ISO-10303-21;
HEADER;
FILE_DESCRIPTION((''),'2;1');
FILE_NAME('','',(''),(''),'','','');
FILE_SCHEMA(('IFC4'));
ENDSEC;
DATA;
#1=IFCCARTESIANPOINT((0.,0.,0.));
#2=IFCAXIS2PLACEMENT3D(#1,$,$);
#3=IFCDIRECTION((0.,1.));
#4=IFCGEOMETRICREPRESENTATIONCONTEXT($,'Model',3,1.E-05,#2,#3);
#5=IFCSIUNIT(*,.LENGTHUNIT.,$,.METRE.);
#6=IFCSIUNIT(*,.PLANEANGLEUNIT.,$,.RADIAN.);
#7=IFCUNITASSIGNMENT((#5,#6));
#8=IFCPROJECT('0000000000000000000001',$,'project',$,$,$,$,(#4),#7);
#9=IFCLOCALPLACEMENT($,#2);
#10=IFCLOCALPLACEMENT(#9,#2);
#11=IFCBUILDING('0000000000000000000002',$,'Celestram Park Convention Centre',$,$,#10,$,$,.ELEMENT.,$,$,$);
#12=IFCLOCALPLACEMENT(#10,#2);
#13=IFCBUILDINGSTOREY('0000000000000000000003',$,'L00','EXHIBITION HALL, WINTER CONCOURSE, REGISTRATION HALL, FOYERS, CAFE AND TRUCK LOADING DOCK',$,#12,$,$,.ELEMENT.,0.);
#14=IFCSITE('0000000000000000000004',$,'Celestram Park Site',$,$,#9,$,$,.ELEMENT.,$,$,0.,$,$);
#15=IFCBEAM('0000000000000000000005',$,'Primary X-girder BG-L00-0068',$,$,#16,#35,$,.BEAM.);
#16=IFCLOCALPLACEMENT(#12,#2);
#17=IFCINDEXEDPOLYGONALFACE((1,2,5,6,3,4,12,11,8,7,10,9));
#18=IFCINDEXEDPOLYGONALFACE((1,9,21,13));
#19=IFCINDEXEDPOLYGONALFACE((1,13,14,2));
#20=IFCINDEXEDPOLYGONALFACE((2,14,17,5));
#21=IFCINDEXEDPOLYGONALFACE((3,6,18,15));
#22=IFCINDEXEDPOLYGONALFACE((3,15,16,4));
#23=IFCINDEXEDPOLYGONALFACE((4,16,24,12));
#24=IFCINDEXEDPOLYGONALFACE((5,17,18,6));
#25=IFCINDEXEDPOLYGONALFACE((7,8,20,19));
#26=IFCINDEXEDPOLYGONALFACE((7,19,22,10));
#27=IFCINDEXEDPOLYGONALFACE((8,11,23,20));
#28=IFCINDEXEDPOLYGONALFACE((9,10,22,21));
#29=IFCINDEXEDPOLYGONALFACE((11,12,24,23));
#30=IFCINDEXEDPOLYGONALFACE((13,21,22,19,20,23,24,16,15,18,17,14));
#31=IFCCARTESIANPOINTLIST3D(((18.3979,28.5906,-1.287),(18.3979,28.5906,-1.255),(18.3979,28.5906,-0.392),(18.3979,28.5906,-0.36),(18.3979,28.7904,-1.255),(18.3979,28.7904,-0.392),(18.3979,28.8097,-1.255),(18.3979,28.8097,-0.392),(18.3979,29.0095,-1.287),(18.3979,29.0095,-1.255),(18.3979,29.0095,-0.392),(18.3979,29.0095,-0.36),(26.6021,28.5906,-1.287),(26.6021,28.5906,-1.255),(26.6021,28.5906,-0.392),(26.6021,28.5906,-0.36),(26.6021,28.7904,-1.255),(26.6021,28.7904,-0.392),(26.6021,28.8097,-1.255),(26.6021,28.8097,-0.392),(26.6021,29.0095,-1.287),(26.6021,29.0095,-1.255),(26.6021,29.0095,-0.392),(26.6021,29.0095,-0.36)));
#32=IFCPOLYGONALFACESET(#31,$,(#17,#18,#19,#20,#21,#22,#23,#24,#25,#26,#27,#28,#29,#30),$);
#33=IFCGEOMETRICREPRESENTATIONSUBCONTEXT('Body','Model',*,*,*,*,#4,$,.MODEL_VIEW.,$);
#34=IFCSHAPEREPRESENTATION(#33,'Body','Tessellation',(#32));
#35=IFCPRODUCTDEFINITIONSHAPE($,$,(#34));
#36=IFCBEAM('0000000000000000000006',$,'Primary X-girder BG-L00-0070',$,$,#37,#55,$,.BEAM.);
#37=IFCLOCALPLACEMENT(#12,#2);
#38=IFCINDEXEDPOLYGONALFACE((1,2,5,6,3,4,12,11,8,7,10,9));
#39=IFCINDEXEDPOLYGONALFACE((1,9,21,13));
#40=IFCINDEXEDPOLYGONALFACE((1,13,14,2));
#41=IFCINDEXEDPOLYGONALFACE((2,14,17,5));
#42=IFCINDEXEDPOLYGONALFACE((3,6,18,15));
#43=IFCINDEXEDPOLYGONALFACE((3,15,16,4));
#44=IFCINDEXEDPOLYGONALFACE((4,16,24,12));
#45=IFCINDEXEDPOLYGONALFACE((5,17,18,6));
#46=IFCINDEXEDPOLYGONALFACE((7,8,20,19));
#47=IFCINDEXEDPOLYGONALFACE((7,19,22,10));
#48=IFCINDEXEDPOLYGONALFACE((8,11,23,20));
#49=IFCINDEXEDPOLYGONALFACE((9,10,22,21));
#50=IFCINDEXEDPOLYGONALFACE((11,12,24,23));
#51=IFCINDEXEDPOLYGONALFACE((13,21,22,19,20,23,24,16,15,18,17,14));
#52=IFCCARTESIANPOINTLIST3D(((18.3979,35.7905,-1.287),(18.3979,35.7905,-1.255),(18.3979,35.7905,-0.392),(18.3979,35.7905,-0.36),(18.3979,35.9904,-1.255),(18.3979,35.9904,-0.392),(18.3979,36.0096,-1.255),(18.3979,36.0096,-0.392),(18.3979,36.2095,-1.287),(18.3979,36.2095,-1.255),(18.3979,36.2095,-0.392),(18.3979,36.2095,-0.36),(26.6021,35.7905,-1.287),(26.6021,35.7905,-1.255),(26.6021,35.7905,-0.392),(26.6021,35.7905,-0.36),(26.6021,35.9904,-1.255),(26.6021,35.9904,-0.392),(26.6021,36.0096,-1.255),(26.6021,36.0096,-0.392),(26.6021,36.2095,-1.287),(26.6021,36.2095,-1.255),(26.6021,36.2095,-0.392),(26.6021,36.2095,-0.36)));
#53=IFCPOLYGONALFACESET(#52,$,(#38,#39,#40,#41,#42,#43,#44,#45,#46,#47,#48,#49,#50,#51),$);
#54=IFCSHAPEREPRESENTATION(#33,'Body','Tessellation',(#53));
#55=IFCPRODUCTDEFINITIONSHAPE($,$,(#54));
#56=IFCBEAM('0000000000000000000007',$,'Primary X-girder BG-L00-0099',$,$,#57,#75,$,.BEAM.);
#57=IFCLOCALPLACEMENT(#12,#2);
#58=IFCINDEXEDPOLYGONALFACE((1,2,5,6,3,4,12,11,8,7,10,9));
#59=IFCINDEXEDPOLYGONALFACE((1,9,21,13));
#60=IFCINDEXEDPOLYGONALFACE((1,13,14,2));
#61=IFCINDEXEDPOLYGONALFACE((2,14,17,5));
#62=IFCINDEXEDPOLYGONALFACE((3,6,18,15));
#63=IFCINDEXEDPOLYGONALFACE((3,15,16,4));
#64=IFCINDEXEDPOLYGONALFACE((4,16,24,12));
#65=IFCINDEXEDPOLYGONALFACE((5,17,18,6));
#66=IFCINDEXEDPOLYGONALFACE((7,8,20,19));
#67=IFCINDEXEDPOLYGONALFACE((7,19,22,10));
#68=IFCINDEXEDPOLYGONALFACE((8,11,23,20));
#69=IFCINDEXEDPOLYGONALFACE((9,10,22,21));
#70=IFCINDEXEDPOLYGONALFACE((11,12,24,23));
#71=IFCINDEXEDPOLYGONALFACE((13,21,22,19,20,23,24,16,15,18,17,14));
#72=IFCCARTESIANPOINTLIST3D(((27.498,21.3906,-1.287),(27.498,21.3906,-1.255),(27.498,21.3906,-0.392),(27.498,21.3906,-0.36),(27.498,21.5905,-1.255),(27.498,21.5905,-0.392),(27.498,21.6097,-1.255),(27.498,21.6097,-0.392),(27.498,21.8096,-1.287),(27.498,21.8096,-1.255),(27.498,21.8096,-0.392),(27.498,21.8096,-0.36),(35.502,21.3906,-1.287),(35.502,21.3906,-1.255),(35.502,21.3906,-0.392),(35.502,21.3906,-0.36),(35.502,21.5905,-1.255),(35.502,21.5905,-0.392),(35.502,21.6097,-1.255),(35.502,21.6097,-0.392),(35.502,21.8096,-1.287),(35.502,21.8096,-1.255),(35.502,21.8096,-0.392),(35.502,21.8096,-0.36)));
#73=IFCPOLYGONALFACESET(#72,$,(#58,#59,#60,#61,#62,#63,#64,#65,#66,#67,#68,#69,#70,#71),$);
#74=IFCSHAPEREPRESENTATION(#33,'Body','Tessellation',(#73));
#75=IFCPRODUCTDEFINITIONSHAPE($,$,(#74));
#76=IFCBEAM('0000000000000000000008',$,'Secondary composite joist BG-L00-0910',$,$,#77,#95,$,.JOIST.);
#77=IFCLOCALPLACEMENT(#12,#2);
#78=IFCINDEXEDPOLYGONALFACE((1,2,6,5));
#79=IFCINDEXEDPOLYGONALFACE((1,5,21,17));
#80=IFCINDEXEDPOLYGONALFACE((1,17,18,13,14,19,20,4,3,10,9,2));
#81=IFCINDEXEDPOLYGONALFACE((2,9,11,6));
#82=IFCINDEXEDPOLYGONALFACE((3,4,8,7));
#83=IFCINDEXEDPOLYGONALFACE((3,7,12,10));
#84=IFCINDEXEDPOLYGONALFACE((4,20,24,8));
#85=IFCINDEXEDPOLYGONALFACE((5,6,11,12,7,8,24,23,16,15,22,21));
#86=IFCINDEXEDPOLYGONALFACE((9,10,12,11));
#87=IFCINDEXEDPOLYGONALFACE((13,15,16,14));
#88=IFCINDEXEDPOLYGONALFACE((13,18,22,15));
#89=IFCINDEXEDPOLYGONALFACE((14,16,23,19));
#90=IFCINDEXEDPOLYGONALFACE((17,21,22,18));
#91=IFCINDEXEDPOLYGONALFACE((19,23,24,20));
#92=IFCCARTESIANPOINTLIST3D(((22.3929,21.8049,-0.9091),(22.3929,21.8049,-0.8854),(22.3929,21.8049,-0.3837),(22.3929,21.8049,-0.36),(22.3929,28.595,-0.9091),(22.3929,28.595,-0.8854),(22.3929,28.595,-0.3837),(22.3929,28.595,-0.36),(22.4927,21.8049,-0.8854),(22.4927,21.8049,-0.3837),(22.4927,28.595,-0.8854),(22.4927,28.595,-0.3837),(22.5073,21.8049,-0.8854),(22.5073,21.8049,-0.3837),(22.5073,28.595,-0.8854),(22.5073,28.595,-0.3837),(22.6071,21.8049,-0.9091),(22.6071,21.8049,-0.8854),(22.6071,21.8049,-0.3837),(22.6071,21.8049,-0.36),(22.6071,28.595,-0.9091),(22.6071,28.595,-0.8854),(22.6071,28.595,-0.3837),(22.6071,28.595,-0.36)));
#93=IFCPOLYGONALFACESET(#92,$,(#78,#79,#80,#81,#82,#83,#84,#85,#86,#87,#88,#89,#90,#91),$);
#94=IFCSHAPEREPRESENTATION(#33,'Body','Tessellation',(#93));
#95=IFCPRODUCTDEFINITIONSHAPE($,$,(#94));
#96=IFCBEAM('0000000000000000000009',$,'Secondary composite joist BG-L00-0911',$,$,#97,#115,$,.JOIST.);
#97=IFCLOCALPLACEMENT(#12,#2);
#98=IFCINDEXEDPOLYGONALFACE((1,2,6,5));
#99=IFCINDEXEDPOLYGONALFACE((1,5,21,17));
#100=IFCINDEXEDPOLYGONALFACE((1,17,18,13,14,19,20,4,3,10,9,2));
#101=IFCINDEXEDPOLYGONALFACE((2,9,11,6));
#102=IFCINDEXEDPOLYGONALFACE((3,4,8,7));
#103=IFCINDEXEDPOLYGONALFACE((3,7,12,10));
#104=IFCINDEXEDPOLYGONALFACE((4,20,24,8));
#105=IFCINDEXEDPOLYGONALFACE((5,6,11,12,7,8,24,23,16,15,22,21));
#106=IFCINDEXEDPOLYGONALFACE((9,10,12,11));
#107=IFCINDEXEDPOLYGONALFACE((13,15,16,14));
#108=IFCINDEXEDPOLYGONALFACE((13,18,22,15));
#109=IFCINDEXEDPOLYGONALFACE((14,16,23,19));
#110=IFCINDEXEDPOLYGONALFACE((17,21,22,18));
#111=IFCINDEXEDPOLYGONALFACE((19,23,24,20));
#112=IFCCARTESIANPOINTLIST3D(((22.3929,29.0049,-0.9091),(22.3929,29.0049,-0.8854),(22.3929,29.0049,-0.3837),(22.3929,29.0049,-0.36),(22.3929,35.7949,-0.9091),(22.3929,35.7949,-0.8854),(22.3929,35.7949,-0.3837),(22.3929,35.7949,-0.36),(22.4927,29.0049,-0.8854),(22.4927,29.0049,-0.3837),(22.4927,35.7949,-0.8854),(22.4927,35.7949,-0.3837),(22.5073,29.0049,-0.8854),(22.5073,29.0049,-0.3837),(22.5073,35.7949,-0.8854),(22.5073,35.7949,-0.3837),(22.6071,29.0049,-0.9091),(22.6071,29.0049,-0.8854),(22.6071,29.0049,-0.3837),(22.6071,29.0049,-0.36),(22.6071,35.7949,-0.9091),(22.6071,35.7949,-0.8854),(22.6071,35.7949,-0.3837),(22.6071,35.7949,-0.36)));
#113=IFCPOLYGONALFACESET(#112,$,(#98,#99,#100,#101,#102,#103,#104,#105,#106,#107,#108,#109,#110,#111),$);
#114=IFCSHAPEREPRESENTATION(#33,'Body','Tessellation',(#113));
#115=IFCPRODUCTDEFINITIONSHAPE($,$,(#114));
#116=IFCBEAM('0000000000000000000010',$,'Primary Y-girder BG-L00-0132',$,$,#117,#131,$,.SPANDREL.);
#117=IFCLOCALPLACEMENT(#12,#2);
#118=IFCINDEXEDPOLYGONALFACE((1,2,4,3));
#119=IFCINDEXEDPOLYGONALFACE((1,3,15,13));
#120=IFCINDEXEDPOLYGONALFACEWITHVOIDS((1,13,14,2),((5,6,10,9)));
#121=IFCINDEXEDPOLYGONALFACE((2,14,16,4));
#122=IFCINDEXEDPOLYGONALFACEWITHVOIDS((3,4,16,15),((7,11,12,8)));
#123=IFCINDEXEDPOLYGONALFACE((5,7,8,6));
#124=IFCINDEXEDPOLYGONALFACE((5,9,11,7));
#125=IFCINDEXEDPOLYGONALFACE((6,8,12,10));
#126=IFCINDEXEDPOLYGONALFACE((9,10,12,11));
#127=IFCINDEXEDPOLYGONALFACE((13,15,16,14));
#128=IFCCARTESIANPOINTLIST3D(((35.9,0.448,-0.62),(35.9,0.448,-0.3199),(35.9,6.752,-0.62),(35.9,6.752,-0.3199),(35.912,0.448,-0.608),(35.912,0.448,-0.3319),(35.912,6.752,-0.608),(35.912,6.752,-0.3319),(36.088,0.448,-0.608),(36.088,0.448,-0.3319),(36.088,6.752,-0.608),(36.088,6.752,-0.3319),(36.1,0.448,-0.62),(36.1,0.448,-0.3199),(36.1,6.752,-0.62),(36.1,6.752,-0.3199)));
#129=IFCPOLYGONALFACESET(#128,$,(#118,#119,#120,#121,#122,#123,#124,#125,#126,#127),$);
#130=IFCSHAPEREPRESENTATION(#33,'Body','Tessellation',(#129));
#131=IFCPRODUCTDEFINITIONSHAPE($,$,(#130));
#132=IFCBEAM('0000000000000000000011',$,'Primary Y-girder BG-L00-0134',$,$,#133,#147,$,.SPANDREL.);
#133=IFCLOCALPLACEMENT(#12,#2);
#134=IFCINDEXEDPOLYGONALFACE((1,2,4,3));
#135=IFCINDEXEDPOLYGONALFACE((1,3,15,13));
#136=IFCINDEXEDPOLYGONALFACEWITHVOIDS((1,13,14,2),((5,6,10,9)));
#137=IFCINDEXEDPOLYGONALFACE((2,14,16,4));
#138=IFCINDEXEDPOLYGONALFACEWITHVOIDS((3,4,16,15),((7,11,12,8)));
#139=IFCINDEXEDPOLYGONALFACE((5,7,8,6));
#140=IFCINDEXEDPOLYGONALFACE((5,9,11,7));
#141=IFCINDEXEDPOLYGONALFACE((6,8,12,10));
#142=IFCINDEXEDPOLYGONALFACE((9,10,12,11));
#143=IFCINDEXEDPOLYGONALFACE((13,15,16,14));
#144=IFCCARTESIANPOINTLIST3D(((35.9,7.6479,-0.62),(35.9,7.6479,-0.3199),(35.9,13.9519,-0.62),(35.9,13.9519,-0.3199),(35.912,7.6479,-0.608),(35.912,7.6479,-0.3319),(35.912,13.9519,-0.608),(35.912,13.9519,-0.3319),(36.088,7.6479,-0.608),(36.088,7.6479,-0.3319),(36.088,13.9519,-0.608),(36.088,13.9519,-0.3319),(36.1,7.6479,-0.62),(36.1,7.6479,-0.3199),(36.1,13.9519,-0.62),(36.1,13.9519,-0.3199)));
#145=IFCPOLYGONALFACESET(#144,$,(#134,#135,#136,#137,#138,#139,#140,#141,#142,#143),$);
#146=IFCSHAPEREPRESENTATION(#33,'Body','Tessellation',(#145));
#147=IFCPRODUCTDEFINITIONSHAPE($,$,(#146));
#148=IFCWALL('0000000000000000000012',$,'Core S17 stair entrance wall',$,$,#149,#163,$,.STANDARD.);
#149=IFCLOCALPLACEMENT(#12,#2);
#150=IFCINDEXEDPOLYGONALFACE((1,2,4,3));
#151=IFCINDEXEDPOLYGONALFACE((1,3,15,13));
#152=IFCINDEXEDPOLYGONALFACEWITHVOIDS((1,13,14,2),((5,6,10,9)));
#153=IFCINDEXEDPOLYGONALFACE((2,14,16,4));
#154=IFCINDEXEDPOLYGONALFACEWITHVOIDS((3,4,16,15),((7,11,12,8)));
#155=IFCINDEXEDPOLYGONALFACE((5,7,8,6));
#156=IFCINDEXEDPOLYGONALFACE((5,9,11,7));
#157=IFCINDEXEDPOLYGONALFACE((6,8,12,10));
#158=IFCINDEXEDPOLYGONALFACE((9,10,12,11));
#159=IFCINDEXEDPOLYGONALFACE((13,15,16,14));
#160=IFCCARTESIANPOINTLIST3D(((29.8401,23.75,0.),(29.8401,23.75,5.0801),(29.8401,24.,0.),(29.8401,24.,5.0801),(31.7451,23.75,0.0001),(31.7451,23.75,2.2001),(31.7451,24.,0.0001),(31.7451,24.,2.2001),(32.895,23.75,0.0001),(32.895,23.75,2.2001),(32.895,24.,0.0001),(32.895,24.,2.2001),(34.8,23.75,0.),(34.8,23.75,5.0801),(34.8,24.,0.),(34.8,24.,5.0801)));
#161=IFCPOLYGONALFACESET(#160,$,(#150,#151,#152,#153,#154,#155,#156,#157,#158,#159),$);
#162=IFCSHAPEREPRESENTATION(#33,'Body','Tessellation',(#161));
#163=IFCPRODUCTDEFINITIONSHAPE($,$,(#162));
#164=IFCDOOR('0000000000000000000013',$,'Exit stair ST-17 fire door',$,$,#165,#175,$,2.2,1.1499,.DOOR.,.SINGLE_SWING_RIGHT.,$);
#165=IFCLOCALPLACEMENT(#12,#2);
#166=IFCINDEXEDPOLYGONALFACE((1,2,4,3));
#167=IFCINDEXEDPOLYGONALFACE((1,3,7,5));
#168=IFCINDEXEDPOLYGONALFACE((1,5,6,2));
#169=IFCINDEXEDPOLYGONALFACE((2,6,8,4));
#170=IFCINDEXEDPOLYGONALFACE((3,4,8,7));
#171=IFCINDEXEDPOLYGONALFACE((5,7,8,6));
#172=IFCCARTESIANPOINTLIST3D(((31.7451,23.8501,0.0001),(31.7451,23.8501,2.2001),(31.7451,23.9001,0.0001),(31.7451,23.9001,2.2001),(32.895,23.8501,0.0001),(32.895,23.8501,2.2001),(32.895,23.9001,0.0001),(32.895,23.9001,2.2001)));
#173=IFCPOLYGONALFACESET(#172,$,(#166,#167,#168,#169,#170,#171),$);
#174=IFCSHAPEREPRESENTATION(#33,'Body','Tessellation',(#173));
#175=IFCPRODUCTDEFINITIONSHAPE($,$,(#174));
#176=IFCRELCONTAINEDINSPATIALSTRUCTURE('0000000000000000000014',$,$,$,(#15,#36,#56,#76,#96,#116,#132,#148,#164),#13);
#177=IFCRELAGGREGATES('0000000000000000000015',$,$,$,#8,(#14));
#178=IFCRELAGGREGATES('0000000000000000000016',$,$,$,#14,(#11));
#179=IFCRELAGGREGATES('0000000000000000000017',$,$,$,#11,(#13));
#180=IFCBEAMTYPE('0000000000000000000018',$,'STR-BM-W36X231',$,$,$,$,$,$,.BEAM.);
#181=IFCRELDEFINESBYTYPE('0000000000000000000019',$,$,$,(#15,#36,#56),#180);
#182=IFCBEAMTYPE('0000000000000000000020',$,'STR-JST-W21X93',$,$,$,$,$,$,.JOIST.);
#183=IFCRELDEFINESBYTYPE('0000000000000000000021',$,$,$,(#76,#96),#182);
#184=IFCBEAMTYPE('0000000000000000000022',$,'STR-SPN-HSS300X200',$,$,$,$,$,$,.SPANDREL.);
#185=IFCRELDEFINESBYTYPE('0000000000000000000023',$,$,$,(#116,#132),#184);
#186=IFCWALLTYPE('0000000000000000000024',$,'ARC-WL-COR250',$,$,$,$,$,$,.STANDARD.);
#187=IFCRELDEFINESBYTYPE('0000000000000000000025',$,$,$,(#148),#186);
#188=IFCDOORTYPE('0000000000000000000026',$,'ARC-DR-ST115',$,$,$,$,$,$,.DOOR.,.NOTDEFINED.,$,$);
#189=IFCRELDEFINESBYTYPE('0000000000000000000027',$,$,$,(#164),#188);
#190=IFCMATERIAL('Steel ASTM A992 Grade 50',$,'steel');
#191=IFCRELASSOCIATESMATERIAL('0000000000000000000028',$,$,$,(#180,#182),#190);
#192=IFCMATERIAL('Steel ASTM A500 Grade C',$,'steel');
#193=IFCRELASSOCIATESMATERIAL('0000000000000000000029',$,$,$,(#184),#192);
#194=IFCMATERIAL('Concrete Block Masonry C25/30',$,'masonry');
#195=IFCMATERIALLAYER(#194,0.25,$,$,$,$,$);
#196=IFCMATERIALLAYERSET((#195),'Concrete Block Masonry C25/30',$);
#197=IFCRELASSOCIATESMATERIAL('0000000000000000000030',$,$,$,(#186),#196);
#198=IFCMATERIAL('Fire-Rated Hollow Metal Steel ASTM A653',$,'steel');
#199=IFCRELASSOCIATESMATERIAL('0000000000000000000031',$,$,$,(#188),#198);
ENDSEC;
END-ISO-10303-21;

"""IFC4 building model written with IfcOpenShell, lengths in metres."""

from ifc_helpers import new_model, si_unit, direction, frame, frame_2d, origin, origin_2d, place, context, subcontext, project, spatial, rectangle, hollow_rectangle, i_section, extrude, material, layer, layer_set, material_profile, profile_set, type_object, element, fill, save


model = new_model("IFC4")

# Units and contexts
model_context = context("Model", 3, precision=1e-05, world=origin(), true_north=direction((0.0, 1.0)))
body_context = subcontext(model_context, "Body", "Model", "MODEL_VIEW")
ifc_project = project(units=[si_unit("LENGTHUNIT", "METRE"), si_unit("PLANEANGLEUNIT", "RADIAN")], contexts=[model_context])

# Site, building, storey
site_placement = place(None, origin())
site = spatial("IfcSite", under=ifc_project, at=site_placement, Name="Celestram Park Site", CompositionType="ELEMENT", RefElevation=0.0)
building_placement = place(site_placement, origin())
building = spatial("IfcBuilding", under=site, at=building_placement, Name="Celestram Park Convention Centre", CompositionType="ELEMENT")
storey_placement = place(building_placement, origin())
storey = spatial("IfcBuildingStorey", under=building, at=storey_placement, Name="L00", Description="EXHIBITION HALL, WINTER CONCOURSE, REGISTRATION HALL, FOYERS, CAFE AND TRUCK LOADING DOCK", CompositionType="ELEMENT", Elevation=0.0)

# Shared definitions
ifc_material_1 = material(Name="Steel ASTM A992 Grade 50", Category="steel")

# Beams
ifc_material_profile_1 = material_profile(ifc_material_1, i_section(OverallWidth=0.4189, OverallDepth=0.927, WebThickness=0.0193, FlangeThickness=0.032, at=origin_2d()), Name="W36X231")
ifc_profile_set_1 = profile_set([ifc_material_profile_1], Name="Steel ASTM A992 Grade 50")
beam_type_1 = type_object("IfcBeamType", Name="STR-BM-W36X231", PredefinedType="BEAM", material=ifc_profile_set_1)
for number, where, z_axis, x_axis, name in (
    (1, (18.3979, 28.8, -0.8235), (1.0, 0.0, 0.0), (0.0, 1.0, 0.0), "Primary X-girder BG-L00-0068"),
    (2, (18.3979, 36.0, -0.8235), (1.0, 0.0, 0.0), (0.0, 1.0, 0.0), "Primary X-girder BG-L00-0070"),
):
    element("IfcBeam", number, at=place(storey_placement, frame(where, z_axis=z_axis, x_axis=x_axis)), inside=storey, type_object=beam_type_1, Name=name, PredefinedType="BEAM", context=body_context, shape_type="SweptSolid", body=[
        extrude(i_section(OverallWidth=0.4189, OverallDepth=0.927, WebThickness=0.0193, FlangeThickness=0.032, at=origin_2d()), origin(), (0.0, 0.0, 1.0), 8.2041),
    ])
beam_1_placement = place(storey_placement, frame((27.498, 21.6001, -0.8235), z_axis=(1.0, 0.0, 0.0), x_axis=(0.0, 1.0, 0.0)))
element("IfcBeam", 3, at=beam_1_placement, inside=storey, type_object=beam_type_1, Name="Primary X-girder BG-L00-0099", PredefinedType="BEAM", context=body_context, shape_type="SweptSolid", body=[
    extrude(i_section(OverallWidth=0.4189, OverallDepth=0.927, WebThickness=0.0193, FlangeThickness=0.032, at=origin_2d()), origin(), (0.0, 0.0, 1.0), 8.0039),
])
ifc_material_profile_2 = material_profile(ifc_material_1, i_section(OverallWidth=0.2141, OverallDepth=0.5491, WebThickness=0.0146, FlangeThickness=0.0237, at=origin_2d()), Name="W21X93")
ifc_profile_set_2 = profile_set([ifc_material_profile_2], Name="Steel ASTM A992 Grade 50")
beam_type_2 = type_object("IfcBeamType", Name="STR-JST-W21X93", PredefinedType="JOIST", material=ifc_profile_set_2)
for number, where, z_axis, x_axis, name in (
    (4, (22.5, 21.8049, -0.6345), (0.0, 1.0, 0.0), (-1.0, 0.0, 0.0), "Secondary composite joist BG-L00-0910"),
    (5, (22.5, 29.0049, -0.6345), (0.0, 1.0, 0.0), (-1.0, 0.0, 0.0), "Secondary composite joist BG-L00-0911"),
):
    element("IfcBeam", number, at=place(storey_placement, frame(where, z_axis=z_axis, x_axis=x_axis)), inside=storey, type_object=beam_type_2, Name=name, PredefinedType="JOIST", context=body_context, shape_type="SweptSolid", body=[
        extrude(i_section(OverallWidth=0.2141, OverallDepth=0.5491, WebThickness=0.0146, FlangeThickness=0.0237, at=origin_2d()), origin(), (0.0, 0.0, 1.0), 6.79),
    ])
ifc_material_2 = material(Name="Steel ASTM A500 Grade C", Category="steel")
ifc_material_profile_3 = material_profile(ifc_material_2, hollow_rectangle(XDim=0.2, YDim=0.3, WallThickness=0.012, at=origin_2d()), Name="HSS300X200X12")
ifc_profile_set_3 = profile_set([ifc_material_profile_3], Name="Steel ASTM A500 Grade C")
beam_type_3 = type_object("IfcBeamType", Name="STR-SPN-HSS300X200", PredefinedType="SPANDREL", material=ifc_profile_set_3)
for number, where, z_axis, x_axis, name in (
    (6, (36.0, 0.448, -0.47), (0.0, 1.0, 0.0), (-1.0, 0.0, 0.0), "Primary Y-girder BG-L00-0132"),
    (7, (36.0, 7.6479, -0.47), (0.0, 1.0, 0.0), (-1.0, 0.0, 0.0), "Primary Y-girder BG-L00-0134"),
):
    element("IfcBeam", number, at=place(storey_placement, frame(where, z_axis=z_axis, x_axis=x_axis)), inside=storey, type_object=beam_type_3, Name=name, PredefinedType="SPANDREL", context=body_context, shape_type="SweptSolid", body=[
        extrude(hollow_rectangle(XDim=0.2, YDim=0.3, WallThickness=0.012, at=origin_2d()), origin(), (0.0, 0.0, 1.0), 6.304),
    ])

# Wall, opening, door
ifc_material_3 = material(Name="Concrete Block Masonry C25/30", Category="masonry")
ifc_layer_1 = layer(ifc_material_3, 0.25)
ifc_layer_set_1 = layer_set([ifc_layer_1], Name="Concrete Block Masonry C25/30")
wall_type_1 = type_object("IfcWallType", Name="ARC-WL-COR250", PredefinedType="STANDARD", material=ifc_layer_set_1)
wall_1_placement = place(storey_placement, frame((34.8, 23.875, 0.0), z_axis=(0.0, 0.0, 1.0), x_axis=(-1.0, 0.0, 0.0)))
wall_1 = element("IfcWall", 8, at=wall_1_placement, inside=storey, type_object=wall_type_1, Name="Core S17 stair entrance wall", PredefinedType="STANDARD", context=body_context, shape_type="SweptSolid", body=[
    extrude(rectangle(XDim=4.96, YDim=0.25, at=frame_2d((2.48, 0.0))), origin(), (0.0, 0.0, 1.0), 5.0801),
])
opening_1_placement = place(wall_1_placement, frame((1.905, 0.0, 0.0)))
opening_1 = element("IfcOpeningElement", 9, at=opening_1_placement, cuts=wall_1, PredefinedType="OPENING", context=body_context, shape_type="SweptSolid", body=[
    extrude(rectangle(XDim=1.1499, YDim=2.2, at=frame_2d((0.575, 1.1001))), frame((0.0, 0.135, 0.0), z_axis=(0.0, -1.0, 0.0), x_axis=(1.0, 0.0, 0.0)), (0.0, 0.0, 1.0), 0.27),
])
ifc_material_4 = material(Name="Fire-Rated Hollow Metal Steel ASTM A653", Category="steel")
door_type = type_object("IfcDoorType", Name="ARC-DR-ST115", OperationType="NOTDEFINED", PredefinedType="DOOR", material=ifc_material_4)
door_placement = place(opening_1_placement, origin())
door = element("IfcDoor", 10, at=door_placement, inside=storey, type_object=door_type, Name="Exit stair ST-17 fire door", OperationType="SINGLE_SWING_RIGHT", OverallHeight=2.2, OverallWidth=1.1499, PredefinedType="DOOR", context=body_context, shape_type="SweptSolid", body=[
    extrude(rectangle(XDim=1.1499, YDim=2.2, at=frame_2d((0.575, 1.1001))), frame((0.0, 0.0249, 0.0), z_axis=(0.0, -1.0, 0.0), x_axis=(1.0, 0.0, 0.0)), (0.0, 0.0, 1.0), 0.05),
])
fill(opening_1, door)

save(model, "model.ifc")
